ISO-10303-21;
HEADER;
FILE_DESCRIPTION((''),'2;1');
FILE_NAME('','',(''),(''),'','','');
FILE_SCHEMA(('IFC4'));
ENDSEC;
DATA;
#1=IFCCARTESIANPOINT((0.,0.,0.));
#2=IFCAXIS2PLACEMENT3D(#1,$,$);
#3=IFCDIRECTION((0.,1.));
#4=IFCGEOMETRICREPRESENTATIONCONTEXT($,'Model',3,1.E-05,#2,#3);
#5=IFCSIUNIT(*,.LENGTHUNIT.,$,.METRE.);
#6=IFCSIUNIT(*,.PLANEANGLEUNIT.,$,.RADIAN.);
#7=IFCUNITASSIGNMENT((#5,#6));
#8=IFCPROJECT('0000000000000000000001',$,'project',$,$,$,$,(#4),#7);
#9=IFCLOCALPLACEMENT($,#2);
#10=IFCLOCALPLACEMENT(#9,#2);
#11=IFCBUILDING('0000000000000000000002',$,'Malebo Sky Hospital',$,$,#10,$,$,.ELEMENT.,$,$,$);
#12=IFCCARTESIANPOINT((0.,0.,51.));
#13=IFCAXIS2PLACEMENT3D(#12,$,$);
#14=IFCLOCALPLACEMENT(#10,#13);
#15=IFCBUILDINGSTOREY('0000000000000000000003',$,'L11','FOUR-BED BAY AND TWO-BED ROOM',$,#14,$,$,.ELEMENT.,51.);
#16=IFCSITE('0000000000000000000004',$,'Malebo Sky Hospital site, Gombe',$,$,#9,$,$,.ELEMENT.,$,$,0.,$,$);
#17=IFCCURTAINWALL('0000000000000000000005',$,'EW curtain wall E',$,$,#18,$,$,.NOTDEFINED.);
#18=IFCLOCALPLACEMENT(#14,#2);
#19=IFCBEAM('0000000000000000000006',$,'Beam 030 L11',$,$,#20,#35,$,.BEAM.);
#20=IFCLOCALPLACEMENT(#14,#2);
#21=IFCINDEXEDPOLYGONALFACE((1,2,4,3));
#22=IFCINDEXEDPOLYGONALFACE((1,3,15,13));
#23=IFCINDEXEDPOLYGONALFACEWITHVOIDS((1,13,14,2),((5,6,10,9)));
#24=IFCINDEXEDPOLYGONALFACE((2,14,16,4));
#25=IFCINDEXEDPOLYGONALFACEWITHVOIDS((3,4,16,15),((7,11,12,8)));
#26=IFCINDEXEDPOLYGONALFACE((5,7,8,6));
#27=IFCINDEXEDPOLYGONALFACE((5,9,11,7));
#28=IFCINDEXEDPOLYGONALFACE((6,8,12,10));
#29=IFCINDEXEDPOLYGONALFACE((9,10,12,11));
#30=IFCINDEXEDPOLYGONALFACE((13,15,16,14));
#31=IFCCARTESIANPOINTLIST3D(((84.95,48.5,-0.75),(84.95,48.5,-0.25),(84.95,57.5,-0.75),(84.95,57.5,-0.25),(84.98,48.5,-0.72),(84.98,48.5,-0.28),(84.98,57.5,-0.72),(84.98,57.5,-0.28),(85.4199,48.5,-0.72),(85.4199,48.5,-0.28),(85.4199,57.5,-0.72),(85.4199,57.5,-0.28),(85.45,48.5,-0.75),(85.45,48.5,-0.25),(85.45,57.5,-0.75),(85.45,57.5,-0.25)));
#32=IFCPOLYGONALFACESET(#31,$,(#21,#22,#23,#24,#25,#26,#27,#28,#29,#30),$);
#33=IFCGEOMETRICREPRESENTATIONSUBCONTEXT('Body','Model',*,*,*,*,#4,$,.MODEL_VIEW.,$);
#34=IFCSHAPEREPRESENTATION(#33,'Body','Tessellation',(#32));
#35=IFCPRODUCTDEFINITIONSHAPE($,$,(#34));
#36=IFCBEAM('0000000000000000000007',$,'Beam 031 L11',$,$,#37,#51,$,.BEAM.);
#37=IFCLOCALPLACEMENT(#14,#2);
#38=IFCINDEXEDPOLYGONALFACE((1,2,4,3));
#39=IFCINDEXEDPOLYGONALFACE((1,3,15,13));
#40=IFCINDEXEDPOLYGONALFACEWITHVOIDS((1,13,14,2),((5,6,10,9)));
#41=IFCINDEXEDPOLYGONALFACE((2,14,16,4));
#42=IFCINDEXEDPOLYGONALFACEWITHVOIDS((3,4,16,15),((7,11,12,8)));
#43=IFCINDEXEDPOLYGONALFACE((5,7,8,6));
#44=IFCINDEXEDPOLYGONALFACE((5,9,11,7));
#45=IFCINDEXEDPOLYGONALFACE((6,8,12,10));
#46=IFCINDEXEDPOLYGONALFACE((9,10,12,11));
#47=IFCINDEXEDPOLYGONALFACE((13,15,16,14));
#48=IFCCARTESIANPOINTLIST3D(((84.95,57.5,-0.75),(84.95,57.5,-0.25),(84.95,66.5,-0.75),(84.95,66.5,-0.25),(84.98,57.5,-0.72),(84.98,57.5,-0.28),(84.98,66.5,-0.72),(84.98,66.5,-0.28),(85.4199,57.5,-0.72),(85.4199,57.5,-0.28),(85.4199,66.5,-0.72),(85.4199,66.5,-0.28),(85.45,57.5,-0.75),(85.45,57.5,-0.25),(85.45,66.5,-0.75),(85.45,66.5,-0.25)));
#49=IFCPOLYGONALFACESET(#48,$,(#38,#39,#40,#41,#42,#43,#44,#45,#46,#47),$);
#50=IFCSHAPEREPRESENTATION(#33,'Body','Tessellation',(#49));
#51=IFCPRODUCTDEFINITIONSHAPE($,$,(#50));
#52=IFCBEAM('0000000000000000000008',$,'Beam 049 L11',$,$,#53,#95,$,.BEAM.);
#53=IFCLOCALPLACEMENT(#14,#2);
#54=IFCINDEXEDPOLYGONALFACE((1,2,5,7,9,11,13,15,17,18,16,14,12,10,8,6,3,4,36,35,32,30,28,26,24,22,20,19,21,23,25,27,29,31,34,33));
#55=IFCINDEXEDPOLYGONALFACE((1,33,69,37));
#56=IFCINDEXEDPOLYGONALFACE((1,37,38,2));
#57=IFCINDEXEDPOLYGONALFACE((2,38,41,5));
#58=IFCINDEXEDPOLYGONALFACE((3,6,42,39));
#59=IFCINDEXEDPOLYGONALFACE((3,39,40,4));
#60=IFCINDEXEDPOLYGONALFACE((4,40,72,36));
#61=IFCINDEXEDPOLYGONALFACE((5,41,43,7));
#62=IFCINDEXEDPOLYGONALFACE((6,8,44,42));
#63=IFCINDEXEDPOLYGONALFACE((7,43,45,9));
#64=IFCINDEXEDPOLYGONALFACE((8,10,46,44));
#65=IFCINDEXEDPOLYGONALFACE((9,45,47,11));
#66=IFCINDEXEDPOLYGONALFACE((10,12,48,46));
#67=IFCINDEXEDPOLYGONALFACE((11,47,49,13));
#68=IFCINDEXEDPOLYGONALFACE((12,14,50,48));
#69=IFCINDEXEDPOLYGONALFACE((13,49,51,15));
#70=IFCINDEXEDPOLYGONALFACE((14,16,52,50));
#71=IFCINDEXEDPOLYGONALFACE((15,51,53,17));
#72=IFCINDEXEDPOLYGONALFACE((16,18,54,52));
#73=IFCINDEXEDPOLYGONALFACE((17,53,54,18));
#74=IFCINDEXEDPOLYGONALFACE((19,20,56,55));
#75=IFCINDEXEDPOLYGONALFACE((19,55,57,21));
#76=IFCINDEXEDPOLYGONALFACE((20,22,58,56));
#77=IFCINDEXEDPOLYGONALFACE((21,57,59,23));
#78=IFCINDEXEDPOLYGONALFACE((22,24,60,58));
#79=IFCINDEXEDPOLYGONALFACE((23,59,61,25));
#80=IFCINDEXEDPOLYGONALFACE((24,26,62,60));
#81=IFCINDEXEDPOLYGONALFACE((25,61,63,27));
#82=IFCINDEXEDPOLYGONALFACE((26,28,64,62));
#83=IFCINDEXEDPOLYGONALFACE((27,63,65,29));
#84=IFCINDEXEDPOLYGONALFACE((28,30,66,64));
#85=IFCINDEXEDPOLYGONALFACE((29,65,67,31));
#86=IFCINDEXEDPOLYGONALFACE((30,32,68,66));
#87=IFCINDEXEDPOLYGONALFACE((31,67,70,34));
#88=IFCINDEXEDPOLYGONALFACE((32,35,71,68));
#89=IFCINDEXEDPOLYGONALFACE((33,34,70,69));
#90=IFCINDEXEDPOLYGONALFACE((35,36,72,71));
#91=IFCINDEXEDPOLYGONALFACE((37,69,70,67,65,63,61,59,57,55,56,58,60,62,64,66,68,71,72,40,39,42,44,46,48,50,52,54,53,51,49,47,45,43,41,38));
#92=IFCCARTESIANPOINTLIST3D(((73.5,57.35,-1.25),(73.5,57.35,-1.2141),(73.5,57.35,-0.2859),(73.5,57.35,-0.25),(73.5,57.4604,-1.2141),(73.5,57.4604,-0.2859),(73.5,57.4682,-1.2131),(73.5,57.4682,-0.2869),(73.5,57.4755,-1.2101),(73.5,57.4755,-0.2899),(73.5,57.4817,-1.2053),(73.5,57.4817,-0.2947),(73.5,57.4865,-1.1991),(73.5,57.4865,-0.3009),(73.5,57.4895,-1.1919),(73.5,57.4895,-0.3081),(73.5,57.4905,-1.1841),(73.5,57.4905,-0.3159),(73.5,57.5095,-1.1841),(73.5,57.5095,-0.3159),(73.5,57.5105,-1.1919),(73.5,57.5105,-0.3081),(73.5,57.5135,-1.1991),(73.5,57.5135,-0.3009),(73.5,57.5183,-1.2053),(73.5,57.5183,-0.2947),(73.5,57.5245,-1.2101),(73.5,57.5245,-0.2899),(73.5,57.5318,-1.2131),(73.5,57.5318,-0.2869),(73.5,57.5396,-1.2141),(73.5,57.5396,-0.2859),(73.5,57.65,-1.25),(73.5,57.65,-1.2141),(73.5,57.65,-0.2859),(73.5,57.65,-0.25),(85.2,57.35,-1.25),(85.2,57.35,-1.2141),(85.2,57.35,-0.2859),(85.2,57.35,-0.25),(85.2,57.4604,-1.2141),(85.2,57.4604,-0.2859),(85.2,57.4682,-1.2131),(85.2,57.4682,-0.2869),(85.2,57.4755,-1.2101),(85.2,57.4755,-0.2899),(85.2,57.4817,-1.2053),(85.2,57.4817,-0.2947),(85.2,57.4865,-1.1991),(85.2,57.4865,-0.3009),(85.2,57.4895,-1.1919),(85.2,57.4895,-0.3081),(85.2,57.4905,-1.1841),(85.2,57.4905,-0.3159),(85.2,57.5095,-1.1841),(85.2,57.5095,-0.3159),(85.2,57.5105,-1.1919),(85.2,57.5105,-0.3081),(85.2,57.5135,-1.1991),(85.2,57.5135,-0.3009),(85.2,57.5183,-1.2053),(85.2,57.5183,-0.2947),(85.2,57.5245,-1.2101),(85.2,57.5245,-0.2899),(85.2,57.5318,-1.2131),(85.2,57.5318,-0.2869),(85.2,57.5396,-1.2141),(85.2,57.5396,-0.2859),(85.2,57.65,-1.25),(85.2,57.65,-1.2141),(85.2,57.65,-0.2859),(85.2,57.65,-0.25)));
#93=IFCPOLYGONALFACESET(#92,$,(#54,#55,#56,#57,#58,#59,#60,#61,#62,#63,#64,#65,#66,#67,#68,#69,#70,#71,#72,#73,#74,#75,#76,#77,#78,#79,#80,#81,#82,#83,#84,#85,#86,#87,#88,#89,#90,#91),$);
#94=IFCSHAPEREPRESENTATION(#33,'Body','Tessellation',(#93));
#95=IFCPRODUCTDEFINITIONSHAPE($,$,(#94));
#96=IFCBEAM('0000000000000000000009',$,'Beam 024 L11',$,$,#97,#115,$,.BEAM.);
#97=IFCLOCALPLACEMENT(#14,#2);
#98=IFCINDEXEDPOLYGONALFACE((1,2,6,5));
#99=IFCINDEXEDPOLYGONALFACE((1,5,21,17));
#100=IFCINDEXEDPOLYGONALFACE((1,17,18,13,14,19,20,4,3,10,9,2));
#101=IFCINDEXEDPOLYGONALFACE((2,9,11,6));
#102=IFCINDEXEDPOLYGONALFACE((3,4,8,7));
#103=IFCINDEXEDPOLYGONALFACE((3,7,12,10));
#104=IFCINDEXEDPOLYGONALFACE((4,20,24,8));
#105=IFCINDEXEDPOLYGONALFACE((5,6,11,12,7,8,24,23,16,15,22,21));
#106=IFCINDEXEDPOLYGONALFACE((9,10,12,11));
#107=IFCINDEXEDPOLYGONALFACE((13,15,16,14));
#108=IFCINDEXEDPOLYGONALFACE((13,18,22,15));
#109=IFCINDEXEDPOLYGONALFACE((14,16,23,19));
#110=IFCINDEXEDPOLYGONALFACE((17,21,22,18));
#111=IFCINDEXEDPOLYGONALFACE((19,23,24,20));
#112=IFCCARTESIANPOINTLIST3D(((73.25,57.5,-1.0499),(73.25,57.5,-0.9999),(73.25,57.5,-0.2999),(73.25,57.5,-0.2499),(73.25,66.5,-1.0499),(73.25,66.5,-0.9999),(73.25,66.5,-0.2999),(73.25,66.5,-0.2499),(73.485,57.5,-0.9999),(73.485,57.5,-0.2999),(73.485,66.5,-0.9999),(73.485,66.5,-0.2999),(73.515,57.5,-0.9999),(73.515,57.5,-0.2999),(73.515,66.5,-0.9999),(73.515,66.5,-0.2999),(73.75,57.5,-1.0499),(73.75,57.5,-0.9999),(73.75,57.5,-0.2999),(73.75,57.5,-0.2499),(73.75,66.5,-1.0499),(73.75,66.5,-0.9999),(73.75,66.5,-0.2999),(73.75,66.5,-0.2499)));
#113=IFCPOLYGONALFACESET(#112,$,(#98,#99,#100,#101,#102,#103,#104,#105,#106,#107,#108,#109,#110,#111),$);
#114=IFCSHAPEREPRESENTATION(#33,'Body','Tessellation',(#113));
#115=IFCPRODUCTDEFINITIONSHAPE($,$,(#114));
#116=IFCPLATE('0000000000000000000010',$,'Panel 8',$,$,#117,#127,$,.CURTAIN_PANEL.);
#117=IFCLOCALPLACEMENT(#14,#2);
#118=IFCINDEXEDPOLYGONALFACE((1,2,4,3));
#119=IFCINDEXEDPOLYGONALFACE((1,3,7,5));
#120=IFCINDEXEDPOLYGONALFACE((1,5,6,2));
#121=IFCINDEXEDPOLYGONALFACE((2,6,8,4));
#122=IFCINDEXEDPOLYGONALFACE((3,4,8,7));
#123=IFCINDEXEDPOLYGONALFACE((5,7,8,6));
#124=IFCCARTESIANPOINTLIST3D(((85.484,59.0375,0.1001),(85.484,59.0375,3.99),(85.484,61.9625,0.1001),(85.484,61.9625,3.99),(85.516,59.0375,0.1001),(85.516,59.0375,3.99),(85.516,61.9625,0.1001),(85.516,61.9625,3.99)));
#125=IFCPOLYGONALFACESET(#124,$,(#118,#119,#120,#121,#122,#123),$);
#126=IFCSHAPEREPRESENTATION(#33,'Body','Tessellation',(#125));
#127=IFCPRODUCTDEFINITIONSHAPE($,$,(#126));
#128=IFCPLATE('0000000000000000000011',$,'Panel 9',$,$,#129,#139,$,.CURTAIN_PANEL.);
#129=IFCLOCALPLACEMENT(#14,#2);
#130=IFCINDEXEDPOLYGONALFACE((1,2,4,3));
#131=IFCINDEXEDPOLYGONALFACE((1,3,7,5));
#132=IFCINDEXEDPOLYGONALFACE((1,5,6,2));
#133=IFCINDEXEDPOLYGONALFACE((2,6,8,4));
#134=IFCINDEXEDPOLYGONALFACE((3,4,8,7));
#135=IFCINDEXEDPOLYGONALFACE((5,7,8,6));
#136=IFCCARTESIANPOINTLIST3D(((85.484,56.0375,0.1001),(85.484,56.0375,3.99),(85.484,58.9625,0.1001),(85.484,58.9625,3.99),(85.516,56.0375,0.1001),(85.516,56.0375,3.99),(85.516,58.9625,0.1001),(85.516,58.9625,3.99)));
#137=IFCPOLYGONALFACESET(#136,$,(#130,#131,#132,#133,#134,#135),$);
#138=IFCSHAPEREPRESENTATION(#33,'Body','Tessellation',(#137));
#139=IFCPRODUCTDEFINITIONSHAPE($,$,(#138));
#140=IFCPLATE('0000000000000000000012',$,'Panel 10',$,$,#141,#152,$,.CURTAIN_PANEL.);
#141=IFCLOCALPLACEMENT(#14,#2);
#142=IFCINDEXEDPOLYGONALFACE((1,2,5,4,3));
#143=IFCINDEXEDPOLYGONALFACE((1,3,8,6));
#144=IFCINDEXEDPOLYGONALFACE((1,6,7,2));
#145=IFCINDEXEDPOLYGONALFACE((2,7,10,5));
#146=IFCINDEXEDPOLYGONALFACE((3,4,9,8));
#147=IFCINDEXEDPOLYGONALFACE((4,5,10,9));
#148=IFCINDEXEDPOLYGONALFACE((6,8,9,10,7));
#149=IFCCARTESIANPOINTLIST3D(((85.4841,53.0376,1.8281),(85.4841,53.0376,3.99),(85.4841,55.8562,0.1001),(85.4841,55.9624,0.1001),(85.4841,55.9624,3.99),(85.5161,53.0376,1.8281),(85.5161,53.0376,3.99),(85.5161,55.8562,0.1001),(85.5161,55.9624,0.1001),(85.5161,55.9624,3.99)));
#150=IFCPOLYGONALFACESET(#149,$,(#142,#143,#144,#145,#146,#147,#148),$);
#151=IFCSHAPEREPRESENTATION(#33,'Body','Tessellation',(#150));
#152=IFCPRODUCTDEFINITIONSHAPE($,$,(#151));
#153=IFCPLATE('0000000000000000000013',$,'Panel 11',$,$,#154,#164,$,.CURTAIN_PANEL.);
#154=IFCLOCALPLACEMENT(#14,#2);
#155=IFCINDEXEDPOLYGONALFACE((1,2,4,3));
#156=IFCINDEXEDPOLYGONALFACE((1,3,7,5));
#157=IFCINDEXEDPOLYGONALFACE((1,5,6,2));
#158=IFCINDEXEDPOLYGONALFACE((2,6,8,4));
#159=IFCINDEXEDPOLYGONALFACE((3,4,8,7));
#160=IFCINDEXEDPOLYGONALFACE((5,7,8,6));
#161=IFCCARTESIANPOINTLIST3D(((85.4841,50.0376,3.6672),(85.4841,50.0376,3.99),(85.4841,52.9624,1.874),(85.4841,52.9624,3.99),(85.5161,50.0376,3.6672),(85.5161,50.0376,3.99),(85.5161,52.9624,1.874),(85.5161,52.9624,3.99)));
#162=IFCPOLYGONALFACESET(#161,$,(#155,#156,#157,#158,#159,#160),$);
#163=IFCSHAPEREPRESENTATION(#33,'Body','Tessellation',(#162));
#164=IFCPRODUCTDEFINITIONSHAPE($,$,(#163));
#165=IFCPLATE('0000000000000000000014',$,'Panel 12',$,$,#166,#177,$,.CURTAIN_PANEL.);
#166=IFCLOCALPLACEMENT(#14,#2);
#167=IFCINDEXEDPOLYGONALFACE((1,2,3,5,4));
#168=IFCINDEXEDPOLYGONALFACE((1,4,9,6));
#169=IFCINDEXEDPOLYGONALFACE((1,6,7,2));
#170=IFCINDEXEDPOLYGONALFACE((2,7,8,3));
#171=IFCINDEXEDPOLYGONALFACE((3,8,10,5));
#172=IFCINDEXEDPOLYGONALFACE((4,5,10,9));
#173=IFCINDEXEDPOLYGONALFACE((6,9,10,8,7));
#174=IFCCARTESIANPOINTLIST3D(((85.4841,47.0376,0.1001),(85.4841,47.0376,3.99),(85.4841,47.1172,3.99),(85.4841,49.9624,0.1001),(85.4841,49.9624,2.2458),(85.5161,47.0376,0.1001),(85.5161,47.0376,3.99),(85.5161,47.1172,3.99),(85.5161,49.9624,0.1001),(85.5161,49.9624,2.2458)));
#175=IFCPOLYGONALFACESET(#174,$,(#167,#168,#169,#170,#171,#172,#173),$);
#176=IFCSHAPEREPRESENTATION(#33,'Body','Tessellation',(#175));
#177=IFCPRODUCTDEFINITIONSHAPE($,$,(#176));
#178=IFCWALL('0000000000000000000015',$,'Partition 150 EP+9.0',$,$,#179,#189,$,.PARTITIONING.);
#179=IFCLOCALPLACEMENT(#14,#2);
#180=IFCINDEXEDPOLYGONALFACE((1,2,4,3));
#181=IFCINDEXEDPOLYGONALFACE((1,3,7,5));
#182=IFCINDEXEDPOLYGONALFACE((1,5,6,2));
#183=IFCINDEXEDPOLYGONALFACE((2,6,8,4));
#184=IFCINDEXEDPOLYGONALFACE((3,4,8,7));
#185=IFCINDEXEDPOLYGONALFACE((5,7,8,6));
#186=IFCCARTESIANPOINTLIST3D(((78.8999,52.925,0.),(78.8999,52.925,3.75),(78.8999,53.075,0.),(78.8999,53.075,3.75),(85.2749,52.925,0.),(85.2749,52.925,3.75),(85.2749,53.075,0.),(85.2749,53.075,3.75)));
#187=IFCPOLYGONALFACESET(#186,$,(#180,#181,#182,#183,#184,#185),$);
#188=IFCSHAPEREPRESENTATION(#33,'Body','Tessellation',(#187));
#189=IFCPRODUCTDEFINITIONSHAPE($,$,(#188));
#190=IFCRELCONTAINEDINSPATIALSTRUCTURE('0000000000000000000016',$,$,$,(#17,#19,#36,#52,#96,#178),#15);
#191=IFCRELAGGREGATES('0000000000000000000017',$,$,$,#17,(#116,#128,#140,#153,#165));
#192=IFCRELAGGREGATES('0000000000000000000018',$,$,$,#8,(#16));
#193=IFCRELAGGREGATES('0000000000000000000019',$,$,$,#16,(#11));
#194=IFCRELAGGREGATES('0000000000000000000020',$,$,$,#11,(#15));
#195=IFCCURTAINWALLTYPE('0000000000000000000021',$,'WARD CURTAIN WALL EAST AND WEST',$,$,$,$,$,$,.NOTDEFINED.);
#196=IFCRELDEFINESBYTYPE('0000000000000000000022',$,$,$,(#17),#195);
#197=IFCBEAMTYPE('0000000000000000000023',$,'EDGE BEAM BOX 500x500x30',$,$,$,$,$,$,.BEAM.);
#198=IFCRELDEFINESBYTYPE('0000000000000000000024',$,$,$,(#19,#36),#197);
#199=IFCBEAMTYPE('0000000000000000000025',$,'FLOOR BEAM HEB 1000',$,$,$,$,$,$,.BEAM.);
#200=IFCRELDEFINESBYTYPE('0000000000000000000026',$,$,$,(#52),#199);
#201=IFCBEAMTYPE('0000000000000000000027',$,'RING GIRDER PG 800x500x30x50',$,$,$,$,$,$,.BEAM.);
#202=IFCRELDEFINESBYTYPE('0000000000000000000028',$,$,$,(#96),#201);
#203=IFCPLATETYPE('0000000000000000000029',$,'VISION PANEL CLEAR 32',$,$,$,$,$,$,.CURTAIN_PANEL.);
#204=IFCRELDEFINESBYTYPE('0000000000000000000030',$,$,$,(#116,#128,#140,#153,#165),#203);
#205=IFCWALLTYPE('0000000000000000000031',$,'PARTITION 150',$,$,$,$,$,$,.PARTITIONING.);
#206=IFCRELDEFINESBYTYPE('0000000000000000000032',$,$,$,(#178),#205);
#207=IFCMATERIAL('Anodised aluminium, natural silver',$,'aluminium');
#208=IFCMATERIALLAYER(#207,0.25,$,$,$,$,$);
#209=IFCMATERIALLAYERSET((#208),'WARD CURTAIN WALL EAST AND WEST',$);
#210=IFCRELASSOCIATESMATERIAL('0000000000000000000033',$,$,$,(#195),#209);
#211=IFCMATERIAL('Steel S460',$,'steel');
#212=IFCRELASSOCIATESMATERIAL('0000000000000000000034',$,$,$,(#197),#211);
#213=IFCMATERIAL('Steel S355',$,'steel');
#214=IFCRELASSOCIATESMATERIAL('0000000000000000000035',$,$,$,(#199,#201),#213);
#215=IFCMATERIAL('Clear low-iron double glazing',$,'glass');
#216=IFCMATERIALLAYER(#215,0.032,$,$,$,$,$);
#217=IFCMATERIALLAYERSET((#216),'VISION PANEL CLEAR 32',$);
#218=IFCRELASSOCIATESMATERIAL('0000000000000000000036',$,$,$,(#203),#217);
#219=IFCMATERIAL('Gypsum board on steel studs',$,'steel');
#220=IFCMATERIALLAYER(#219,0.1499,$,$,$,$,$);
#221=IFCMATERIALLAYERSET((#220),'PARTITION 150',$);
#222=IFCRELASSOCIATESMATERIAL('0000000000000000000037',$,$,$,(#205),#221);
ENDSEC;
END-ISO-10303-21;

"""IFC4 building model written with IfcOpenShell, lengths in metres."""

from ifc_helpers import new_model, si_unit, direction, frame, frame_2d, origin, origin_2d, place, context, subcontext, project, spatial, polyline, rectangle, hollow_rectangle, i_section, outline, extrude, material, layer, layer_set, material_profile, profile_set, type_object, element, aggregate, save


model = new_model("IFC4")

# Units and contexts
model_context = context("Model", 3, precision=1e-05, world=origin(), true_north=direction((0.0, 1.0)))
body_context = subcontext(model_context, "Body", "Model", "MODEL_VIEW")
ifc_project = project(units=[si_unit("LENGTHUNIT", "METRE"), si_unit("PLANEANGLEUNIT", "RADIAN")], contexts=[model_context])

# Site, building, storey
site_placement = place(None, origin())
site = spatial("IfcSite", under=ifc_project, at=site_placement, Name="Malebo Sky Hospital site, Gombe", CompositionType="ELEMENT", RefElevation=0.0)
building_placement = place(site_placement, origin())
building = spatial("IfcBuilding", under=site, at=building_placement, Name="Malebo Sky Hospital", CompositionType="ELEMENT")
storey_placement = place(building_placement, frame((0.0, 0.0, 51.0)))
storey = spatial("IfcBuildingStorey", under=building, at=storey_placement, Name="L11", Description="FOUR-BED BAY AND TWO-BED ROOM", CompositionType="ELEMENT", Elevation=51.0)

# Shared definitions
ifc_material_1 = material(Name="Steel S460", Category="steel")

# Curtain wall
ifc_material_2 = material(Name="Anodised aluminium, natural silver", Category="aluminium")
ifc_layer_1 = layer(ifc_material_2, 0.25)
ifc_layer_set_1 = layer_set([ifc_layer_1], Name="WARD CURTAIN WALL EAST AND WEST")
curtain_wall_type = type_object("IfcCurtainWallType", Name="WARD CURTAIN WALL EAST AND WEST", PredefinedType="NOTDEFINED", material=ifc_layer_set_1)
curtain_wall_placement = place(storey_placement, origin())
curtain_wall = element("IfcCurtainWall", 1, at=curtain_wall_placement, inside=storey, type_object=curtain_wall_type, Name="EW curtain wall E", PredefinedType="NOTDEFINED")

# Shared definitions
ifc_material_3 = material(Name="Steel S355", Category="steel")

# Beams
ifc_material_profile_1 = material_profile(ifc_material_1, hollow_rectangle(XDim=0.5, YDim=0.5, WallThickness=0.03, at=origin_2d()), Name="BOX 500x500x30")
ifc_profile_set_1 = profile_set([ifc_material_profile_1], Name="Steel S460")
beam_type_1 = type_object("IfcBeamType", Name="EDGE BEAM BOX 500x500x30", PredefinedType="BEAM", material=ifc_profile_set_1)
for number, where, z_axis, x_axis, name in (
    (2, (85.2, 48.5, -0.5), (0.0, 1.0, 0.0), (-1.0, 0.0, 0.0), "Beam 030 L11"),
    (3, (85.2, 57.5, -0.5), (0.0, 1.0, 0.0), (-1.0, 0.0, 0.0), "Beam 031 L11"),
):
    element("IfcBeam", number, at=place(storey_placement, frame(where, z_axis=z_axis, x_axis=x_axis)), inside=storey, type_object=beam_type_1, Name=name, PredefinedType="BEAM", context=body_context, shape_type="SweptSolid", body=[
        extrude(hollow_rectangle(XDim=0.5, YDim=0.5, WallThickness=0.03, at=origin_2d()), origin(), (0.0, 0.0, 1.0), 9.0),
    ])
ifc_material_profile_2 = material_profile(ifc_material_3, i_section(OverallWidth=0.3, OverallDepth=1.0, WebThickness=0.019, FlangeThickness=0.0359, FilletRadius=0.03, at=origin_2d()), Name="HEB 1000")
ifc_profile_set_2 = profile_set([ifc_material_profile_2], Name="Steel S355")
beam_type_2 = type_object("IfcBeamType", Name="FLOOR BEAM HEB 1000", PredefinedType="BEAM", material=ifc_profile_set_2)
beam_1_placement = place(storey_placement, frame((73.5, 57.5, -0.75), z_axis=(1.0, 0.0, 0.0), x_axis=(0.0, 1.0, 0.0)))
element("IfcBeam", 4, at=beam_1_placement, inside=storey, type_object=beam_type_2, Name="Beam 049 L11", PredefinedType="BEAM", context=body_context, shape_type="SweptSolid", body=[
    extrude(i_section(OverallWidth=0.3, OverallDepth=1.0, WebThickness=0.019, FlangeThickness=0.0359, FilletRadius=0.03, at=origin_2d()), origin(), (0.0, 0.0, 1.0), 11.7),
])
ifc_material_profile_3 = material_profile(ifc_material_3, i_section(OverallWidth=0.5, OverallDepth=0.8, WebThickness=0.03, FlangeThickness=0.05, at=origin_2d()), Name="PG 800x500x30x50")
ifc_profile_set_3 = profile_set([ifc_material_profile_3], Name="Steel S355")
beam_type_3 = type_object("IfcBeamType", Name="RING GIRDER PG 800x500x30x50", PredefinedType="BEAM", material=ifc_profile_set_3)
beam_2_placement = place(storey_placement, frame((73.5, 57.5, -0.6499), z_axis=(0.0, 1.0, 0.0), x_axis=(-1.0, 0.0, 0.0)))
element("IfcBeam", 5, at=beam_2_placement, inside=storey, type_object=beam_type_3, Name="Beam 024 L11", PredefinedType="BEAM", context=body_context, shape_type="SweptSolid", body=[
    extrude(i_section(OverallWidth=0.5, OverallDepth=0.8, WebThickness=0.03, FlangeThickness=0.05, at=origin_2d()), origin(), (0.0, 0.0, 1.0), 9.0),
])

# Plates
ifc_material_4 = material(Name="Clear low-iron double glazing", Category="glass")
ifc_layer_2 = layer(ifc_material_4, 0.032)
ifc_layer_set_2 = layer_set([ifc_layer_2], Name="VISION PANEL CLEAR 32")
plate_type = type_object("IfcPlateType", Name="VISION PANEL CLEAR 32", PredefinedType="CURTAIN_PANEL", material=ifc_layer_set_2)
plate_1_placement = place(storey_placement, frame((85.5, 60.5, 0.1001), z_axis=(0.0, 0.0, 1.0), x_axis=(0.0, -1.0, 0.0)))
plate_1 = element("IfcPlate", 6, at=plate_1_placement, type_object=plate_type, Name="Panel 8", PredefinedType="CURTAIN_PANEL", context=body_context, shape_type="SweptSolid", body=[
    extrude(rectangle(XDim=2.925, YDim=0.032, at=origin_2d()), origin(), (0.0, 0.0, 1.0), 3.8899),
])
plate_2_placement = place(storey_placement, frame((85.5, 57.5, 0.1001), z_axis=(0.0, 0.0, 1.0), x_axis=(0.0, -1.0, 0.0)))
plate_2 = element("IfcPlate", 7, at=plate_2_placement, type_object=plate_type, Name="Panel 9", PredefinedType="CURTAIN_PANEL", context=body_context, shape_type="SweptSolid", body=[
    extrude(rectangle(XDim=2.925, YDim=0.032, at=origin_2d()), origin(), (0.0, 0.0, 1.0), 3.8899),
])
plate_3_placement = place(storey_placement, frame((85.5, 54.5, 0.1001), z_axis=(0.0, 0.0, 1.0), x_axis=(0.0, -1.0, 0.0)))
plate_3 = element("IfcPlate", 8, at=plate_3_placement, type_object=plate_type, Name="Panel 10", PredefinedType="CURTAIN_PANEL", context=body_context, shape_type="SweptSolid", body=[
    extrude(outline(polyline([(-1.4624, 0.0), (-1.3562, 0.0), (1.4624, 1.728), (1.4624, 3.8899), (-1.4624, 3.8899), (-1.4624, 0.0)])), frame((0.0, 0.0161, 0.0), z_axis=(0.0, -1.0, 0.0), x_axis=(1.0, 0.0, 0.0)), (0.0, 0.0, 1.0), 0.032),
])
plate_4_placement = place(storey_placement, frame((85.5, 51.5, 1.874), z_axis=(0.0, 0.0, 1.0), x_axis=(0.0, -1.0, 0.0)))
plate_4 = element("IfcPlate", 9, at=plate_4_placement, type_object=plate_type, Name="Panel 11", PredefinedType="CURTAIN_PANEL", context=body_context, shape_type="SweptSolid", body=[
    extrude(outline(polyline([(-1.4624, 0.0), (1.4624, 1.7932), (1.4624, 2.116), (-1.4624, 2.116), (-1.4624, 0.0)])), frame((0.0, 0.0161, 0.0), z_axis=(0.0, -1.0, 0.0), x_axis=(1.0, 0.0, 0.0)), (0.0, 0.0, 1.0), 0.032),
])
plate_5_placement = place(storey_placement, frame((85.5, 48.5, 0.1001), z_axis=(0.0, 0.0, 1.0), x_axis=(0.0, -1.0, 0.0)))
plate_5 = element("IfcPlate", 10, at=plate_5_placement, type_object=plate_type, Name="Panel 12", PredefinedType="CURTAIN_PANEL", context=body_context, shape_type="SweptSolid", body=[
    extrude(outline(polyline([(-1.4624, 0.0), (1.4624, 0.0), (1.4624, 3.8899), (1.3828, 3.8899), (-1.4624, 2.1458), (-1.4624, 0.0)])), frame((0.0, 0.0161, 0.0), z_axis=(0.0, -1.0, 0.0), x_axis=(1.0, 0.0, 0.0)), (0.0, 0.0, 1.0), 0.032),
])
aggregate(curtain_wall, [plate_1, plate_2, plate_3, plate_4, plate_5])

# Wall
ifc_material_5 = material(Name="Gypsum board on steel studs", Category="steel")
ifc_layer_3 = layer(ifc_material_5, 0.1499)
ifc_layer_set_3 = layer_set([ifc_layer_3], Name="PARTITION 150")
wall_type = type_object("IfcWallType", Name="PARTITION 150", PredefinedType="PARTITIONING", material=ifc_layer_set_3)
wall_1_placement = place(storey_placement, frame((78.8999, 53.0, 0.0), z_axis=(0.0, 0.0, 1.0), x_axis=(1.0, 0.0, 0.0)))
element("IfcWall", 11, at=wall_1_placement, inside=storey, type_object=wall_type, Name="Partition 150 EP+9.0", PredefinedType="PARTITIONING", context=body_context, shape_type="SweptSolid", body=[
    extrude(rectangle(XDim=6.375, YDim=0.1499, at=frame_2d((3.1875, 0.0))), origin(), (0.0, 0.0, 1.0), 3.75),
])

save(model, "model.ifc")
